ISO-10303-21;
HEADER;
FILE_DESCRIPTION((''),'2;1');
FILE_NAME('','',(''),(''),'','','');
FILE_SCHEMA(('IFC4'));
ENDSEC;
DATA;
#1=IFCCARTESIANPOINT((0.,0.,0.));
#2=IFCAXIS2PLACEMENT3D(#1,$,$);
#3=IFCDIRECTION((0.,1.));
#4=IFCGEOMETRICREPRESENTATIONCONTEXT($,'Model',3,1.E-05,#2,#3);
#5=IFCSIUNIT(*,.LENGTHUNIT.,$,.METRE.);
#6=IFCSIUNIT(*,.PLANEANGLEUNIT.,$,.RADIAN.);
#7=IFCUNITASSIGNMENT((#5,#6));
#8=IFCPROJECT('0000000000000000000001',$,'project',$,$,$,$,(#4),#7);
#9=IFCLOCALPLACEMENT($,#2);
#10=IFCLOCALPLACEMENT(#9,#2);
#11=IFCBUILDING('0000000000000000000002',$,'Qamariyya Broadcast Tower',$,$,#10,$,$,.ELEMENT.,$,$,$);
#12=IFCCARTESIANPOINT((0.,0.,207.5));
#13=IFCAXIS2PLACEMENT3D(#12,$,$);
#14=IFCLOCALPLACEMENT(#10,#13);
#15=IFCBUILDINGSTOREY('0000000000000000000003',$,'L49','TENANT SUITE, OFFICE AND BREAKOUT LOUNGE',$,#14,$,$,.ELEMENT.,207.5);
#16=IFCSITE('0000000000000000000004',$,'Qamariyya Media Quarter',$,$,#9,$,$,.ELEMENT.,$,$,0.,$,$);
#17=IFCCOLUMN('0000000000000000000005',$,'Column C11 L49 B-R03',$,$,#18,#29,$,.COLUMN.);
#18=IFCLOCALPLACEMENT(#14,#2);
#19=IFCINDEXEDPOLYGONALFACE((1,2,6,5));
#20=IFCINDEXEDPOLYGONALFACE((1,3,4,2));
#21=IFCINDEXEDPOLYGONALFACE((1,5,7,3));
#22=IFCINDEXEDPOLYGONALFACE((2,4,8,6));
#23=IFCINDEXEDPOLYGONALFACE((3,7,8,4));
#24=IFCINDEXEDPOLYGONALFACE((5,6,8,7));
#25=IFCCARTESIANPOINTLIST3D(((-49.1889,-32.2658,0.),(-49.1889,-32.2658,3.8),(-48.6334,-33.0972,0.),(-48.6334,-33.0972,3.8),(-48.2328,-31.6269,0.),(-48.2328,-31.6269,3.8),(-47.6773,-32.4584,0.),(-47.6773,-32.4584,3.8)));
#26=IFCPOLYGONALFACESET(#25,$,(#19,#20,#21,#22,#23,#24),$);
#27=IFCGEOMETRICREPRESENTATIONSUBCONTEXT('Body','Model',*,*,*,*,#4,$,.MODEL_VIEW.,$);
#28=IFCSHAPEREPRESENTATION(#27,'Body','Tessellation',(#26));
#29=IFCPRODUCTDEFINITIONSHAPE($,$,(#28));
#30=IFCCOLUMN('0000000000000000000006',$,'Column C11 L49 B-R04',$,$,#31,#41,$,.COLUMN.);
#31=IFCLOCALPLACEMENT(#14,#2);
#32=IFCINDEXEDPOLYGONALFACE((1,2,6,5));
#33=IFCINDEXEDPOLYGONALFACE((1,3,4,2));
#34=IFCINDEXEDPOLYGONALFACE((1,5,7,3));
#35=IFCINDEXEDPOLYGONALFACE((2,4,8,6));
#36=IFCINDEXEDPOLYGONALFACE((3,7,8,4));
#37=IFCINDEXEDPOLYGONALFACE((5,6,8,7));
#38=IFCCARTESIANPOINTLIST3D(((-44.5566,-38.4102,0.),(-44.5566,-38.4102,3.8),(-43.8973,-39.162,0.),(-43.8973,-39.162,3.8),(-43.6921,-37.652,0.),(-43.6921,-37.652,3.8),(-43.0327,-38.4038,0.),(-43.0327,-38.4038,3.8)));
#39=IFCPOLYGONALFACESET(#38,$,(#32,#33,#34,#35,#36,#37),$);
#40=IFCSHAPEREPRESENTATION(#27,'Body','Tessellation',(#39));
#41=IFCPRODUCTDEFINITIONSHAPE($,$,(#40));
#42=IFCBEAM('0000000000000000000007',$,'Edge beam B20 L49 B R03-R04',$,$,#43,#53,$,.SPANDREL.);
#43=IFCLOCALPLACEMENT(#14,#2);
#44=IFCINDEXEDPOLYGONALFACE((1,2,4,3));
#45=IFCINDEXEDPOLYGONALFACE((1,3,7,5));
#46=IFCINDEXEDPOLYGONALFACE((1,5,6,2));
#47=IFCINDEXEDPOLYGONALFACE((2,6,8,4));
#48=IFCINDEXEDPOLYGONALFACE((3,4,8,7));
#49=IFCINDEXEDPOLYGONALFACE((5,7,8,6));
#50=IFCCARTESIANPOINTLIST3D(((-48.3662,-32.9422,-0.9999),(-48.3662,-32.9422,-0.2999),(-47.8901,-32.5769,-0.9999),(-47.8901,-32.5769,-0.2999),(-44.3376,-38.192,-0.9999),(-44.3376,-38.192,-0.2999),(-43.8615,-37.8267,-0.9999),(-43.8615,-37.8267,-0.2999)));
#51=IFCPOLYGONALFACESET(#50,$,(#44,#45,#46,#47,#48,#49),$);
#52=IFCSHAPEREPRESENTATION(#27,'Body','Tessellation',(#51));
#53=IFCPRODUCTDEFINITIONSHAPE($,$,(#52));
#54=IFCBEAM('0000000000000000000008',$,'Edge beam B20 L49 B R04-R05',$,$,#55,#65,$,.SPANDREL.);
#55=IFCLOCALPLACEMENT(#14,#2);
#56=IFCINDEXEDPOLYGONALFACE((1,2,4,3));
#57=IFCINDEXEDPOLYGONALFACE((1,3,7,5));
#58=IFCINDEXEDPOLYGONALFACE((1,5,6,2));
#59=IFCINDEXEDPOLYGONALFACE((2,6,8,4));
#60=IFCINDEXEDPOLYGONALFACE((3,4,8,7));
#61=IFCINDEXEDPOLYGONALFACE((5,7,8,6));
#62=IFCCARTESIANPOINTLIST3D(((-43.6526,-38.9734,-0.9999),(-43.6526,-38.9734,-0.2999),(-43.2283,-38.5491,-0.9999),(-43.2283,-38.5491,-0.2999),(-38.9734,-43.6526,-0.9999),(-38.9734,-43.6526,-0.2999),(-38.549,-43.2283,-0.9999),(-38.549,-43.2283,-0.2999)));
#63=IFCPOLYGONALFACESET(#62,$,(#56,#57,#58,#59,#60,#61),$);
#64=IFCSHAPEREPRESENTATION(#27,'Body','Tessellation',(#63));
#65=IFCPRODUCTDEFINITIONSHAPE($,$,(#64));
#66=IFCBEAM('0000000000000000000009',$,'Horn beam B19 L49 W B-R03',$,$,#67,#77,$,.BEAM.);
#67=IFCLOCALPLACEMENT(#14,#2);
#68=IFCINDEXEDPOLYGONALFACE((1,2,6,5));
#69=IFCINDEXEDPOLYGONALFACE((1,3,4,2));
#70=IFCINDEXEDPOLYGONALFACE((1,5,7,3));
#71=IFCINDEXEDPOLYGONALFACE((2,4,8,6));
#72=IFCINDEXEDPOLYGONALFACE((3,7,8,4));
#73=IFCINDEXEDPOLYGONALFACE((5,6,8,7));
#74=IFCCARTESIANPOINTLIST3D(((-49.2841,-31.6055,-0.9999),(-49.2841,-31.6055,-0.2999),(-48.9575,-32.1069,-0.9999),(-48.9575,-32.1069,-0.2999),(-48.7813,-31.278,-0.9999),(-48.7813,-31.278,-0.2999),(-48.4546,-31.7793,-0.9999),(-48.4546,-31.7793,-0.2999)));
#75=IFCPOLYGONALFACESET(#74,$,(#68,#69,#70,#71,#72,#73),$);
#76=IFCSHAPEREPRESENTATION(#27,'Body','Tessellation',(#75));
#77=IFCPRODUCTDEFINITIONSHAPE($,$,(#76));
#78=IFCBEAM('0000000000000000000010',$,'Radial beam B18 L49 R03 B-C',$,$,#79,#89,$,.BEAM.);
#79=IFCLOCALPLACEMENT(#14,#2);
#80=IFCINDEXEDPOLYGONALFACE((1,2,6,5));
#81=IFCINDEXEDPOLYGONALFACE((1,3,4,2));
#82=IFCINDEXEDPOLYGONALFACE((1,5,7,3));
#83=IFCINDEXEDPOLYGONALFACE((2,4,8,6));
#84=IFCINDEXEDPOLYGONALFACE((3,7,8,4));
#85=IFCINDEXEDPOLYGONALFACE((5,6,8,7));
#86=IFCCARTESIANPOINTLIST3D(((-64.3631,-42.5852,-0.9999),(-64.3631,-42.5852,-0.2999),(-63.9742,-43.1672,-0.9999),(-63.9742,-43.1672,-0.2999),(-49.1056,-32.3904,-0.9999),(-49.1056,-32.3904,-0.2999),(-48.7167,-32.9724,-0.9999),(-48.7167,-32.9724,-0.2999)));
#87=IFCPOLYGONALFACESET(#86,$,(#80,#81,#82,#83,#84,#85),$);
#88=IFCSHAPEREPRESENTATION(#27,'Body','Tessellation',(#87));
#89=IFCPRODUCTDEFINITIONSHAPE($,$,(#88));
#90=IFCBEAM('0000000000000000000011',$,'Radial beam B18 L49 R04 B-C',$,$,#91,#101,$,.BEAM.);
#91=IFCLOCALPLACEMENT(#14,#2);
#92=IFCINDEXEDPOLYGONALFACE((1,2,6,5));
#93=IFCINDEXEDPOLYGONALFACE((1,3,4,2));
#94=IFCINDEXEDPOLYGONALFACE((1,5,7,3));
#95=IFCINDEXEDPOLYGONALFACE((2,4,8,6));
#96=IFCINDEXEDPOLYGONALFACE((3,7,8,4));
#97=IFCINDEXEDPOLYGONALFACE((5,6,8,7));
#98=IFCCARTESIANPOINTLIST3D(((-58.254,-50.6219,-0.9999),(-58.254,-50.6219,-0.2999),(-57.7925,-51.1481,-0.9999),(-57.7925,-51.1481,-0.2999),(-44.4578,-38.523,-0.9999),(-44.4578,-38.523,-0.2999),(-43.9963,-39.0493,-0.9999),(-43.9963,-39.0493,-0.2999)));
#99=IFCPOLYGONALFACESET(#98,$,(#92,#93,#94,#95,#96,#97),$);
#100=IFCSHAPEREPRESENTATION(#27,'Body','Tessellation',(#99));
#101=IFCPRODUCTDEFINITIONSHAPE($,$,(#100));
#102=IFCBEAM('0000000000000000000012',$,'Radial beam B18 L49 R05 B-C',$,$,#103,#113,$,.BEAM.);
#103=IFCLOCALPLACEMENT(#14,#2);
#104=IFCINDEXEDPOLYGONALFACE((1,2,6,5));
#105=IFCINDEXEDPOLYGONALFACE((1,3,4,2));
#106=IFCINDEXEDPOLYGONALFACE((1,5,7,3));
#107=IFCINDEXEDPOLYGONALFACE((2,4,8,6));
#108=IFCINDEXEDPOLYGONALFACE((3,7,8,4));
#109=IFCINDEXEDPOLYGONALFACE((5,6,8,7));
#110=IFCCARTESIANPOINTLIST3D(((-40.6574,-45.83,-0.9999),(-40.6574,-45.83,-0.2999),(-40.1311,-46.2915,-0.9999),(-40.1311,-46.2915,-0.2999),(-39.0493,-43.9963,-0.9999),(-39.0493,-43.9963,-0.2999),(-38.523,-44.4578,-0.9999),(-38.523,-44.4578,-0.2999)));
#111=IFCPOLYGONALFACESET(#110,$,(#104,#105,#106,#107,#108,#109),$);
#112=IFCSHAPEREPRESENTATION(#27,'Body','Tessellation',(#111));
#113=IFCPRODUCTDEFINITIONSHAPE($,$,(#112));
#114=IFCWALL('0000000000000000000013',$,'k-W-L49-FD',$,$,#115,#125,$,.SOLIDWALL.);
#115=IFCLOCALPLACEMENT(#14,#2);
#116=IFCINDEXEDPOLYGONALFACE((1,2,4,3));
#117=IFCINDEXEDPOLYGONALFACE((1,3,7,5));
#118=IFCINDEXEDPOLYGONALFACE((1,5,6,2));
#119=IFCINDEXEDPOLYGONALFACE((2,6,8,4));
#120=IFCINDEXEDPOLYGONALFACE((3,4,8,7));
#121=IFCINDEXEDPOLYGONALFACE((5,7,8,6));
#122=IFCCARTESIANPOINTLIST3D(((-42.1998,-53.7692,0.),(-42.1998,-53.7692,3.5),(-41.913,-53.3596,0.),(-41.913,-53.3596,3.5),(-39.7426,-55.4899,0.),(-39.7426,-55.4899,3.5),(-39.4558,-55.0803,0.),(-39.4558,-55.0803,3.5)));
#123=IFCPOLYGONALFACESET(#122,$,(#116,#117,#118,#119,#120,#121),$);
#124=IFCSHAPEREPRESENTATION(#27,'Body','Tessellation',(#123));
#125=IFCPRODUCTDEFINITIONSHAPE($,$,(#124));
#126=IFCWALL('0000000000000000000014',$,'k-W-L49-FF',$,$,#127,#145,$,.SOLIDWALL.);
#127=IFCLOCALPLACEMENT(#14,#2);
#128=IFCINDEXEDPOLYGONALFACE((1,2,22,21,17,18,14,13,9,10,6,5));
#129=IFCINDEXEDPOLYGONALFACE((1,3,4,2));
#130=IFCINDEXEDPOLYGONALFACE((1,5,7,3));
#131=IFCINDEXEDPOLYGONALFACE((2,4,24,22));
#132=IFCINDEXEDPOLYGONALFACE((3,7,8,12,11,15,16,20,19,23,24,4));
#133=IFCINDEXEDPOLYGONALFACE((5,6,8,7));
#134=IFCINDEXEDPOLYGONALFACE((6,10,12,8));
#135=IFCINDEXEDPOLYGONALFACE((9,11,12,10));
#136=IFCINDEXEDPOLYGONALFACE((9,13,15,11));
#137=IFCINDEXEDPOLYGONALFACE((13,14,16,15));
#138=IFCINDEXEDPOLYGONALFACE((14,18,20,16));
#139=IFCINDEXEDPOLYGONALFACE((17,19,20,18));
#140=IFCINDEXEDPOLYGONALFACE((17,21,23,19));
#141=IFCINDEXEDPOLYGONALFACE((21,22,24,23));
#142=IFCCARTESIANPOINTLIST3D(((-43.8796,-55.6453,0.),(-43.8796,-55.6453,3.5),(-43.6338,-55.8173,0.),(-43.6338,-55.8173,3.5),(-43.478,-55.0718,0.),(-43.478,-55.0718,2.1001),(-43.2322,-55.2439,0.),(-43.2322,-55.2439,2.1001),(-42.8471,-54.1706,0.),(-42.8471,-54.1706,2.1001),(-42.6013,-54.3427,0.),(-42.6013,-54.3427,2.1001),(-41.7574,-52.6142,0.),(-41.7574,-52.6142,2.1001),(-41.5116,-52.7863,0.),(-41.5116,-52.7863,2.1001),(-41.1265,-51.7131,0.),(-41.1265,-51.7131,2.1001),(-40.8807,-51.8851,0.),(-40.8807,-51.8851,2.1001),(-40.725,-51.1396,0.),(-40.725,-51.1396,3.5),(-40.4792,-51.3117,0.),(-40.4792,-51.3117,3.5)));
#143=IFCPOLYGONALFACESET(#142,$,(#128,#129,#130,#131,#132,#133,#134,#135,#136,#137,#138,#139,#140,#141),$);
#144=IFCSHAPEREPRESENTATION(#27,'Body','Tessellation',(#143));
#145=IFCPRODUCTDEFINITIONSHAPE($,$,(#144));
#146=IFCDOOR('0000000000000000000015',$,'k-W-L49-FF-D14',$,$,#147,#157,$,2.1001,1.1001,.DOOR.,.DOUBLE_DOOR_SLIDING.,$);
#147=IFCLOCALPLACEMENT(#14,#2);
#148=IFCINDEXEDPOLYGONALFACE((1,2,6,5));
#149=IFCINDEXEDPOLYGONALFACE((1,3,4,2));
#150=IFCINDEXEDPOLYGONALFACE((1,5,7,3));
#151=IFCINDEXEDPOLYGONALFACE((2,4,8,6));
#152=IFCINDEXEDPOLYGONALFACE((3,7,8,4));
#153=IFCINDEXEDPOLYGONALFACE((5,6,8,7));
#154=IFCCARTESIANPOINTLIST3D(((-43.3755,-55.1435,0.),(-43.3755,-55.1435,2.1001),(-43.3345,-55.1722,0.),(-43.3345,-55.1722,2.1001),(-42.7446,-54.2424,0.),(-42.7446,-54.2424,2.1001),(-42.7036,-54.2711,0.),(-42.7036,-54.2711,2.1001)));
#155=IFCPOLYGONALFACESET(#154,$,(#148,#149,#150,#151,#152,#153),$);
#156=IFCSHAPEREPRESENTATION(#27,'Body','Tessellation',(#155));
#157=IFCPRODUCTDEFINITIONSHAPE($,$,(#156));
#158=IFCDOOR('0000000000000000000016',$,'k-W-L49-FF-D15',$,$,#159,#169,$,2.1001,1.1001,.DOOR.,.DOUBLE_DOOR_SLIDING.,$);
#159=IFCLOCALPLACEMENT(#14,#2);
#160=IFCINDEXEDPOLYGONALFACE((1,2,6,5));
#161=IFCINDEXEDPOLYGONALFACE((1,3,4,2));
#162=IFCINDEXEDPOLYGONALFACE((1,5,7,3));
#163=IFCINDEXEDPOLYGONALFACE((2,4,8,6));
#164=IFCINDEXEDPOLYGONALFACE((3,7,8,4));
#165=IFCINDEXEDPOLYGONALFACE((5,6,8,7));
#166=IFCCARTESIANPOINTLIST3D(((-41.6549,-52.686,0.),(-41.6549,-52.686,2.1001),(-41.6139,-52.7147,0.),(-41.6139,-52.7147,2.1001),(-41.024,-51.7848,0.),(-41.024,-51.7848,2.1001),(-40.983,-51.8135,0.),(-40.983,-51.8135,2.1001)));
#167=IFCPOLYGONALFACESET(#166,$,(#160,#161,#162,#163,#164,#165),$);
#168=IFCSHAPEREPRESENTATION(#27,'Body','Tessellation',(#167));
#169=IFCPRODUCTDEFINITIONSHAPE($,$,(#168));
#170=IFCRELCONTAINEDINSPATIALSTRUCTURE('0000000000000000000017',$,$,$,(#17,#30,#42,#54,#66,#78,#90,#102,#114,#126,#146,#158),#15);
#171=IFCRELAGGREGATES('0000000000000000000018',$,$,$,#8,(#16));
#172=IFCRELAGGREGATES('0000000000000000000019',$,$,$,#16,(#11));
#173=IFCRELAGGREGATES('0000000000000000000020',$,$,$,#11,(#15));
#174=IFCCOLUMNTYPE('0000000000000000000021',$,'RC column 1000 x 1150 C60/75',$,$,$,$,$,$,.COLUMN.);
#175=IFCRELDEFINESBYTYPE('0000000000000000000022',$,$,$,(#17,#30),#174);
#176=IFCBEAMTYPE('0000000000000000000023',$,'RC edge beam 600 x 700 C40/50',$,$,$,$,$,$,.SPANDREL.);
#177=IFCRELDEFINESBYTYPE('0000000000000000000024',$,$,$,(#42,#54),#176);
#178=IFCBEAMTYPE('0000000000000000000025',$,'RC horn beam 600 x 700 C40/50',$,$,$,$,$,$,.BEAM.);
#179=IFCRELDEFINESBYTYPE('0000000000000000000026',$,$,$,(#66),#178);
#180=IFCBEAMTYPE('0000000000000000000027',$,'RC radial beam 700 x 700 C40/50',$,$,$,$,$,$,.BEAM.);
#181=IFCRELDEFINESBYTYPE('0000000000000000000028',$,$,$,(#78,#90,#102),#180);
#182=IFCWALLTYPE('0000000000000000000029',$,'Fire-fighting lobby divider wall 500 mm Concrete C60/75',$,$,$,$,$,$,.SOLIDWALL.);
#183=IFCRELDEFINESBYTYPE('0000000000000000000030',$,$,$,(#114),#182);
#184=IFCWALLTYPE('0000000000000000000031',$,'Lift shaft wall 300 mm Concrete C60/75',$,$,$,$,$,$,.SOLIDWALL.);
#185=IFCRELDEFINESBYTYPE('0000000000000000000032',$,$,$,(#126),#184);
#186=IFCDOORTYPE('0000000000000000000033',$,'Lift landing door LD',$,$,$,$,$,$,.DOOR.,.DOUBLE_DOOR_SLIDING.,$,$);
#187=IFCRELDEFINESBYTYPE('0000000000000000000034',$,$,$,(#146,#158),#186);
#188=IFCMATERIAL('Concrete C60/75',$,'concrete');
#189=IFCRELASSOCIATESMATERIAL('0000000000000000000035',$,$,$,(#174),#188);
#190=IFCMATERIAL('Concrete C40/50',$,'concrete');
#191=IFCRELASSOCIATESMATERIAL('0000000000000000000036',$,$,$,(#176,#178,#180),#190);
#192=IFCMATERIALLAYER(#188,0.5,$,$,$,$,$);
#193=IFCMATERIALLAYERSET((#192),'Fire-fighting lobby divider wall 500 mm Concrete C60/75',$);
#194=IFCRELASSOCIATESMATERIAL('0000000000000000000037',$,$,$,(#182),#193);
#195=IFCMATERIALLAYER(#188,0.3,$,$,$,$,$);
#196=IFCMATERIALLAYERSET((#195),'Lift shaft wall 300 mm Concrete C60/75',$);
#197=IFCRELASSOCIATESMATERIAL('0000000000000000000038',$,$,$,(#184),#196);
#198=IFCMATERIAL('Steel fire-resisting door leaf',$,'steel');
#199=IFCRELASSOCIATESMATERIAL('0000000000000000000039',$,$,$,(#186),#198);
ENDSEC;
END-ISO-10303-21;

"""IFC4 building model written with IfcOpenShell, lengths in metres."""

from ifc_helpers import new_model, si_unit, direction, frame, frame_2d, origin, origin_2d, place, context, subcontext, project, spatial, rectangle, extrude, material, layer, layer_set, material_profile, profile_set, type_object, element, fill, save


model = new_model("IFC4")

# Units and contexts
model_context = context("Model", 3, precision=1e-05, world=origin(), true_north=direction((0.0, 1.0)))
body_context = subcontext(model_context, "Body", "Model", "MODEL_VIEW")
ifc_project = project(units=[si_unit("LENGTHUNIT", "METRE"), si_unit("PLANEANGLEUNIT", "RADIAN")], contexts=[model_context])

# Site, building, storey
site_placement = place(None, origin())
site = spatial("IfcSite", under=ifc_project, at=site_placement, Name="Qamariyya Media Quarter", CompositionType="ELEMENT", RefElevation=0.0)
building_placement = place(site_placement, origin())
building = spatial("IfcBuilding", under=site, at=building_placement, Name="Qamariyya Broadcast Tower", CompositionType="ELEMENT")
storey_placement = place(building_placement, frame((0.0, 0.0, 207.5)))
storey = spatial("IfcBuildingStorey", under=building, at=storey_placement, Name="L49", Description="TENANT SUITE, OFFICE AND BREAKOUT LOUNGE", CompositionType="ELEMENT", Elevation=207.5)

# Columns
ifc_material_1 = material(Name="Concrete C60/75", Category="concrete")
ifc_material_profile_1 = material_profile(ifc_material_1, rectangle(XDim=1.0, YDim=1.1499, at=origin_2d()))
ifc_profile_set_1 = profile_set([ifc_material_profile_1], Name="Concrete C60/75")
column_type = type_object("IfcColumnType", Name="RC column 1000 x 1150 C60/75", PredefinedType="COLUMN", material=ifc_profile_set_1)
for number, where, z_axis, x_axis, name in (
    (1, (-48.4331, -32.3621, 0.0), (0.0, 0.0, 1.0), (0.55557, -0.83147, 0.0), "Column C11 L49 B-R03"),
    (2, (-43.7947, -38.407, 0.0), (0.0, 0.0, 1.0), (0.659346, -0.75184, 0.0), "Column C11 L49 B-R04"),
):
    element("IfcColumn", number, at=place(storey_placement, frame(where, z_axis=z_axis, x_axis=x_axis)), inside=storey, type_object=column_type, Name=name, PredefinedType="COLUMN", context=body_context, shape_type="SweptSolid", body=[
        extrude(rectangle(XDim=1.0, YDim=1.1499, at=origin_2d()), origin(), (0.0, 0.0, 1.0), 3.8),
    ])

# Beams
ifc_material_2 = material(Name="Concrete C40/50", Category="concrete")
ifc_material_profile_2 = material_profile(ifc_material_2, rectangle(XDim=0.6001, YDim=0.7, at=origin_2d()))
ifc_profile_set_2 = profile_set([ifc_material_profile_2], Name="Concrete C40/50")
beam_type_1 = type_object("IfcBeamType", Name="RC edge beam 600 x 700 C40/50", PredefinedType="SPANDREL", material=ifc_profile_set_2)
for number, where, z_axis, x_axis, name in (
    (3, (-48.1282, -32.7595, -0.6499), (0.608789, -0.793333, 0.0), (0.793333, 0.608789, 0.0), "Edge beam B20 L49 B R03-R04"),
    (4, (-43.4404, -38.7612, -0.6499), (0.707107, -0.707107, 0.0), (0.707107, 0.707107, 0.0), "Edge beam B20 L49 B R04-R05"),
):
    element("IfcBeam", number, at=place(storey_placement, frame(where, z_axis=z_axis, x_axis=x_axis)), inside=storey, type_object=beam_type_1, Name=name, PredefinedType="SPANDREL", context=body_context, shape_type="SweptSolid", body=[
        extrude(rectangle(XDim=0.6001, YDim=0.7, at=origin_2d()), origin(), (0.0, 0.0, 1.0), 6.6174),
    ])
ifc_material_profile_3 = material_profile(ifc_material_2, rectangle(XDim=0.6001, YDim=0.7, at=origin_2d()))
ifc_profile_set_3 = profile_set([ifc_material_profile_3], Name="Concrete C40/50")
beam_type_2 = type_object("IfcBeamType", Name="RC horn beam 600 x 700 C40/50", PredefinedType="BEAM", material=ifc_profile_set_3)
beam_1_placement = place(storey_placement, frame((-48.7061, -31.9431, -0.6499), z_axis=(-0.54582, 0.837903, 0.0), x_axis=(-0.837903, -0.54582, 0.0)))
element("IfcBeam", 5, at=beam_1_placement, inside=storey, type_object=beam_type_2, Name="Horn beam B19 L49 W B-R03", PredefinedType="BEAM", context=body_context, shape_type="SweptSolid", body=[
    extrude(rectangle(XDim=0.6001, YDim=0.7, at=origin_2d()), origin(), (0.0, 0.0, 1.0), 0.5984),
])
ifc_material_profile_4 = material_profile(ifc_material_2, rectangle(XDim=0.7, YDim=0.7, at=origin_2d()))
ifc_profile_set_4 = profile_set([ifc_material_profile_4], Name="Concrete C40/50")
beam_type_3 = type_object("IfcBeamType", Name="RC radial beam 700 x 700 C40/50", PredefinedType="BEAM", material=ifc_profile_set_4)
beam_2_placement = place(storey_placement, frame((-48.9111, -32.6814, -0.6499), z_axis=(-0.831469, -0.555572, 0.0), x_axis=(0.555572, -0.831469, 0.0)))
element("IfcBeam", 6, at=beam_2_placement, inside=storey, type_object=beam_type_3, Name="Radial beam B18 L49 R03 B-C", PredefinedType="BEAM", context=body_context, shape_type="SweptSolid", body=[
    extrude(rectangle(XDim=0.7, YDim=0.7, at=origin_2d()), origin(), (0.0, 0.0, 1.0), 18.3501),
])
beam_3_placement = place(storey_placement, frame((-44.2271, -38.7861, -0.6499), z_axis=(-0.75184, -0.659345, 0.0), x_axis=(0.659345, -0.75184, 0.0)))
element("IfcBeam", 7, at=beam_3_placement, inside=storey, type_object=beam_type_3, Name="Radial beam B18 L49 R04 B-C", PredefinedType="BEAM", context=body_context, shape_type="SweptSolid", body=[
    extrude(rectangle(XDim=0.7, YDim=0.7, at=origin_2d()), origin(), (0.0, 0.0, 1.0), 18.3499),
])
beam_4_placement = place(storey_placement, frame((-38.7861, -44.2271, -0.6499), z_axis=(-0.659348, -0.751838, 0.0), x_axis=(0.751838, -0.659348, 0.0)))
element("IfcBeam", 8, at=beam_4_placement, inside=storey, type_object=beam_type_3, Name="Radial beam B18 L49 R05 B-C", PredefinedType="BEAM", context=body_context, shape_type="SweptSolid", body=[
    extrude(rectangle(XDim=0.7, YDim=0.7, at=origin_2d()), origin(), (0.0, 0.0, 1.0), 2.439),
])

# Wall
ifc_layer_1 = layer(ifc_material_1, 0.5)
ifc_layer_set_1 = layer_set([ifc_layer_1], Name="Fire-fighting lobby divider wall 500 mm Concrete C60/75")
wall_type_1 = type_object("IfcWallType", Name="Fire-fighting lobby divider wall 500 mm Concrete C60/75", PredefinedType="SOLIDWALL", material=ifc_layer_set_1)
wall_1_placement = place(storey_placement, frame((-39.5991, -55.2852, 0.0), z_axis=(0.0, 0.0, 1.0), x_axis=(-0.819136, 0.573599, 0.0)))
element("IfcWall", 9, at=wall_1_placement, inside=storey, type_object=wall_type_1, Name="k-W-L49-FD", PredefinedType="SOLIDWALL", context=body_context, shape_type="SweptSolid", body=[
    extrude(rectangle(XDim=2.9998, YDim=0.5, at=frame_2d((1.5, 0.0))), origin(), (0.0, 0.0, 1.0), 3.5),
])

# Wall, openings, doors
ifc_layer_2 = layer(ifc_material_1, 0.3)
ifc_layer_set_2 = layer_set([ifc_layer_2], Name="Lift shaft wall 300 mm Concrete C60/75")
wall_type_2 = type_object("IfcWallType", Name="Lift shaft wall 300 mm Concrete C60/75", PredefinedType="SOLIDWALL", material=ifc_layer_set_2)
wall_2_placement = place(storey_placement, frame((-43.7566, -55.7312, 0.0), z_axis=(0.0, 0.0, 1.0), x_axis=(0.573537, 0.81918, 0.0)))
wall_2 = element("IfcWall", 10, at=wall_2_placement, inside=storey, type_object=wall_type_2, Name="k-W-L49-FF", PredefinedType="SOLIDWALL", context=body_context, shape_type="SweptSolid", body=[
    extrude(rectangle(XDim=5.5002, YDim=0.3, at=frame_2d((2.75, 0.0))), origin(), (0.0, 0.0, 1.0), 3.5),
])
opening_1_placement = place(wall_2_placement, frame((0.7, 0.0, 0.0)))
opening_1 = element("IfcOpeningElement", 11, at=opening_1_placement, cuts=wall_2, PredefinedType="OPENING", context=body_context, shape_type="SweptSolid", body=[
    extrude(rectangle(XDim=1.1001, YDim=2.1001, at=frame_2d((0.55, 1.05))), frame((0.0, 0.1599, 0.0), z_axis=(0.0, -1.0, 0.0), x_axis=(1.0, 0.0, 0.0)), (0.0, 0.0, 1.0), 0.3201),
])
opening_2_placement = place(wall_2_placement, frame((3.7, 0.0, 0.0)))
opening_2 = element("IfcOpeningElement", 12, at=opening_2_placement, cuts=wall_2, PredefinedType="OPENING", context=body_context, shape_type="SweptSolid", body=[
    extrude(rectangle(XDim=1.1001, YDim=2.1001, at=frame_2d((0.55, 1.05))), frame((0.0, 0.1599, 0.0), z_axis=(0.0, -1.0, 0.0), x_axis=(1.0, 0.0, 0.0)), (0.0, 0.0, 1.0), 0.3201),
])
ifc_material_3 = material(Name="Steel fire-resisting door leaf", Category="steel")
door_type = type_object("IfcDoorType", Name="Lift landing door LD", OperationType="DOUBLE_DOOR_SLIDING", PredefinedType="DOOR", material=ifc_material_3)
door_1_placement = place(opening_1_placement, origin())
door_1 = element("IfcDoor", 13, at=door_1_placement, inside=storey, type_object=door_type, Name="k-W-L49-FF-D14", OperationType="DOUBLE_DOOR_SLIDING", OverallHeight=2.1001, OverallWidth=1.1001, PredefinedType="DOOR", context=body_context, shape_type="SweptSolid", body=[
    extrude(rectangle(XDim=1.1001, YDim=2.1001, at=frame_2d((0.55, 1.05))), frame((0.0, 0.0249, 0.0), z_axis=(0.0, -1.0, 0.0), x_axis=(1.0, 0.0, 0.0)), (0.0, 0.0, 1.0), 0.05),
])
fill(opening_1, door_1)
door_2_placement = place(opening_2_placement, origin())
door_2 = element("IfcDoor", 14, at=door_2_placement, inside=storey, type_object=door_type, Name="k-W-L49-FF-D15", OperationType="DOUBLE_DOOR_SLIDING", OverallHeight=2.1001, OverallWidth=1.1001, PredefinedType="DOOR", context=body_context, shape_type="SweptSolid", body=[
    extrude(rectangle(XDim=1.1001, YDim=2.1001, at=frame_2d((0.55, 1.05))), frame((0.0, 0.0249, 0.0), z_axis=(0.0, -1.0, 0.0), x_axis=(1.0, 0.0, 0.0)), (0.0, 0.0, 1.0), 0.05),
])
fill(opening_2, door_2)

save(model, "model.ifc")
